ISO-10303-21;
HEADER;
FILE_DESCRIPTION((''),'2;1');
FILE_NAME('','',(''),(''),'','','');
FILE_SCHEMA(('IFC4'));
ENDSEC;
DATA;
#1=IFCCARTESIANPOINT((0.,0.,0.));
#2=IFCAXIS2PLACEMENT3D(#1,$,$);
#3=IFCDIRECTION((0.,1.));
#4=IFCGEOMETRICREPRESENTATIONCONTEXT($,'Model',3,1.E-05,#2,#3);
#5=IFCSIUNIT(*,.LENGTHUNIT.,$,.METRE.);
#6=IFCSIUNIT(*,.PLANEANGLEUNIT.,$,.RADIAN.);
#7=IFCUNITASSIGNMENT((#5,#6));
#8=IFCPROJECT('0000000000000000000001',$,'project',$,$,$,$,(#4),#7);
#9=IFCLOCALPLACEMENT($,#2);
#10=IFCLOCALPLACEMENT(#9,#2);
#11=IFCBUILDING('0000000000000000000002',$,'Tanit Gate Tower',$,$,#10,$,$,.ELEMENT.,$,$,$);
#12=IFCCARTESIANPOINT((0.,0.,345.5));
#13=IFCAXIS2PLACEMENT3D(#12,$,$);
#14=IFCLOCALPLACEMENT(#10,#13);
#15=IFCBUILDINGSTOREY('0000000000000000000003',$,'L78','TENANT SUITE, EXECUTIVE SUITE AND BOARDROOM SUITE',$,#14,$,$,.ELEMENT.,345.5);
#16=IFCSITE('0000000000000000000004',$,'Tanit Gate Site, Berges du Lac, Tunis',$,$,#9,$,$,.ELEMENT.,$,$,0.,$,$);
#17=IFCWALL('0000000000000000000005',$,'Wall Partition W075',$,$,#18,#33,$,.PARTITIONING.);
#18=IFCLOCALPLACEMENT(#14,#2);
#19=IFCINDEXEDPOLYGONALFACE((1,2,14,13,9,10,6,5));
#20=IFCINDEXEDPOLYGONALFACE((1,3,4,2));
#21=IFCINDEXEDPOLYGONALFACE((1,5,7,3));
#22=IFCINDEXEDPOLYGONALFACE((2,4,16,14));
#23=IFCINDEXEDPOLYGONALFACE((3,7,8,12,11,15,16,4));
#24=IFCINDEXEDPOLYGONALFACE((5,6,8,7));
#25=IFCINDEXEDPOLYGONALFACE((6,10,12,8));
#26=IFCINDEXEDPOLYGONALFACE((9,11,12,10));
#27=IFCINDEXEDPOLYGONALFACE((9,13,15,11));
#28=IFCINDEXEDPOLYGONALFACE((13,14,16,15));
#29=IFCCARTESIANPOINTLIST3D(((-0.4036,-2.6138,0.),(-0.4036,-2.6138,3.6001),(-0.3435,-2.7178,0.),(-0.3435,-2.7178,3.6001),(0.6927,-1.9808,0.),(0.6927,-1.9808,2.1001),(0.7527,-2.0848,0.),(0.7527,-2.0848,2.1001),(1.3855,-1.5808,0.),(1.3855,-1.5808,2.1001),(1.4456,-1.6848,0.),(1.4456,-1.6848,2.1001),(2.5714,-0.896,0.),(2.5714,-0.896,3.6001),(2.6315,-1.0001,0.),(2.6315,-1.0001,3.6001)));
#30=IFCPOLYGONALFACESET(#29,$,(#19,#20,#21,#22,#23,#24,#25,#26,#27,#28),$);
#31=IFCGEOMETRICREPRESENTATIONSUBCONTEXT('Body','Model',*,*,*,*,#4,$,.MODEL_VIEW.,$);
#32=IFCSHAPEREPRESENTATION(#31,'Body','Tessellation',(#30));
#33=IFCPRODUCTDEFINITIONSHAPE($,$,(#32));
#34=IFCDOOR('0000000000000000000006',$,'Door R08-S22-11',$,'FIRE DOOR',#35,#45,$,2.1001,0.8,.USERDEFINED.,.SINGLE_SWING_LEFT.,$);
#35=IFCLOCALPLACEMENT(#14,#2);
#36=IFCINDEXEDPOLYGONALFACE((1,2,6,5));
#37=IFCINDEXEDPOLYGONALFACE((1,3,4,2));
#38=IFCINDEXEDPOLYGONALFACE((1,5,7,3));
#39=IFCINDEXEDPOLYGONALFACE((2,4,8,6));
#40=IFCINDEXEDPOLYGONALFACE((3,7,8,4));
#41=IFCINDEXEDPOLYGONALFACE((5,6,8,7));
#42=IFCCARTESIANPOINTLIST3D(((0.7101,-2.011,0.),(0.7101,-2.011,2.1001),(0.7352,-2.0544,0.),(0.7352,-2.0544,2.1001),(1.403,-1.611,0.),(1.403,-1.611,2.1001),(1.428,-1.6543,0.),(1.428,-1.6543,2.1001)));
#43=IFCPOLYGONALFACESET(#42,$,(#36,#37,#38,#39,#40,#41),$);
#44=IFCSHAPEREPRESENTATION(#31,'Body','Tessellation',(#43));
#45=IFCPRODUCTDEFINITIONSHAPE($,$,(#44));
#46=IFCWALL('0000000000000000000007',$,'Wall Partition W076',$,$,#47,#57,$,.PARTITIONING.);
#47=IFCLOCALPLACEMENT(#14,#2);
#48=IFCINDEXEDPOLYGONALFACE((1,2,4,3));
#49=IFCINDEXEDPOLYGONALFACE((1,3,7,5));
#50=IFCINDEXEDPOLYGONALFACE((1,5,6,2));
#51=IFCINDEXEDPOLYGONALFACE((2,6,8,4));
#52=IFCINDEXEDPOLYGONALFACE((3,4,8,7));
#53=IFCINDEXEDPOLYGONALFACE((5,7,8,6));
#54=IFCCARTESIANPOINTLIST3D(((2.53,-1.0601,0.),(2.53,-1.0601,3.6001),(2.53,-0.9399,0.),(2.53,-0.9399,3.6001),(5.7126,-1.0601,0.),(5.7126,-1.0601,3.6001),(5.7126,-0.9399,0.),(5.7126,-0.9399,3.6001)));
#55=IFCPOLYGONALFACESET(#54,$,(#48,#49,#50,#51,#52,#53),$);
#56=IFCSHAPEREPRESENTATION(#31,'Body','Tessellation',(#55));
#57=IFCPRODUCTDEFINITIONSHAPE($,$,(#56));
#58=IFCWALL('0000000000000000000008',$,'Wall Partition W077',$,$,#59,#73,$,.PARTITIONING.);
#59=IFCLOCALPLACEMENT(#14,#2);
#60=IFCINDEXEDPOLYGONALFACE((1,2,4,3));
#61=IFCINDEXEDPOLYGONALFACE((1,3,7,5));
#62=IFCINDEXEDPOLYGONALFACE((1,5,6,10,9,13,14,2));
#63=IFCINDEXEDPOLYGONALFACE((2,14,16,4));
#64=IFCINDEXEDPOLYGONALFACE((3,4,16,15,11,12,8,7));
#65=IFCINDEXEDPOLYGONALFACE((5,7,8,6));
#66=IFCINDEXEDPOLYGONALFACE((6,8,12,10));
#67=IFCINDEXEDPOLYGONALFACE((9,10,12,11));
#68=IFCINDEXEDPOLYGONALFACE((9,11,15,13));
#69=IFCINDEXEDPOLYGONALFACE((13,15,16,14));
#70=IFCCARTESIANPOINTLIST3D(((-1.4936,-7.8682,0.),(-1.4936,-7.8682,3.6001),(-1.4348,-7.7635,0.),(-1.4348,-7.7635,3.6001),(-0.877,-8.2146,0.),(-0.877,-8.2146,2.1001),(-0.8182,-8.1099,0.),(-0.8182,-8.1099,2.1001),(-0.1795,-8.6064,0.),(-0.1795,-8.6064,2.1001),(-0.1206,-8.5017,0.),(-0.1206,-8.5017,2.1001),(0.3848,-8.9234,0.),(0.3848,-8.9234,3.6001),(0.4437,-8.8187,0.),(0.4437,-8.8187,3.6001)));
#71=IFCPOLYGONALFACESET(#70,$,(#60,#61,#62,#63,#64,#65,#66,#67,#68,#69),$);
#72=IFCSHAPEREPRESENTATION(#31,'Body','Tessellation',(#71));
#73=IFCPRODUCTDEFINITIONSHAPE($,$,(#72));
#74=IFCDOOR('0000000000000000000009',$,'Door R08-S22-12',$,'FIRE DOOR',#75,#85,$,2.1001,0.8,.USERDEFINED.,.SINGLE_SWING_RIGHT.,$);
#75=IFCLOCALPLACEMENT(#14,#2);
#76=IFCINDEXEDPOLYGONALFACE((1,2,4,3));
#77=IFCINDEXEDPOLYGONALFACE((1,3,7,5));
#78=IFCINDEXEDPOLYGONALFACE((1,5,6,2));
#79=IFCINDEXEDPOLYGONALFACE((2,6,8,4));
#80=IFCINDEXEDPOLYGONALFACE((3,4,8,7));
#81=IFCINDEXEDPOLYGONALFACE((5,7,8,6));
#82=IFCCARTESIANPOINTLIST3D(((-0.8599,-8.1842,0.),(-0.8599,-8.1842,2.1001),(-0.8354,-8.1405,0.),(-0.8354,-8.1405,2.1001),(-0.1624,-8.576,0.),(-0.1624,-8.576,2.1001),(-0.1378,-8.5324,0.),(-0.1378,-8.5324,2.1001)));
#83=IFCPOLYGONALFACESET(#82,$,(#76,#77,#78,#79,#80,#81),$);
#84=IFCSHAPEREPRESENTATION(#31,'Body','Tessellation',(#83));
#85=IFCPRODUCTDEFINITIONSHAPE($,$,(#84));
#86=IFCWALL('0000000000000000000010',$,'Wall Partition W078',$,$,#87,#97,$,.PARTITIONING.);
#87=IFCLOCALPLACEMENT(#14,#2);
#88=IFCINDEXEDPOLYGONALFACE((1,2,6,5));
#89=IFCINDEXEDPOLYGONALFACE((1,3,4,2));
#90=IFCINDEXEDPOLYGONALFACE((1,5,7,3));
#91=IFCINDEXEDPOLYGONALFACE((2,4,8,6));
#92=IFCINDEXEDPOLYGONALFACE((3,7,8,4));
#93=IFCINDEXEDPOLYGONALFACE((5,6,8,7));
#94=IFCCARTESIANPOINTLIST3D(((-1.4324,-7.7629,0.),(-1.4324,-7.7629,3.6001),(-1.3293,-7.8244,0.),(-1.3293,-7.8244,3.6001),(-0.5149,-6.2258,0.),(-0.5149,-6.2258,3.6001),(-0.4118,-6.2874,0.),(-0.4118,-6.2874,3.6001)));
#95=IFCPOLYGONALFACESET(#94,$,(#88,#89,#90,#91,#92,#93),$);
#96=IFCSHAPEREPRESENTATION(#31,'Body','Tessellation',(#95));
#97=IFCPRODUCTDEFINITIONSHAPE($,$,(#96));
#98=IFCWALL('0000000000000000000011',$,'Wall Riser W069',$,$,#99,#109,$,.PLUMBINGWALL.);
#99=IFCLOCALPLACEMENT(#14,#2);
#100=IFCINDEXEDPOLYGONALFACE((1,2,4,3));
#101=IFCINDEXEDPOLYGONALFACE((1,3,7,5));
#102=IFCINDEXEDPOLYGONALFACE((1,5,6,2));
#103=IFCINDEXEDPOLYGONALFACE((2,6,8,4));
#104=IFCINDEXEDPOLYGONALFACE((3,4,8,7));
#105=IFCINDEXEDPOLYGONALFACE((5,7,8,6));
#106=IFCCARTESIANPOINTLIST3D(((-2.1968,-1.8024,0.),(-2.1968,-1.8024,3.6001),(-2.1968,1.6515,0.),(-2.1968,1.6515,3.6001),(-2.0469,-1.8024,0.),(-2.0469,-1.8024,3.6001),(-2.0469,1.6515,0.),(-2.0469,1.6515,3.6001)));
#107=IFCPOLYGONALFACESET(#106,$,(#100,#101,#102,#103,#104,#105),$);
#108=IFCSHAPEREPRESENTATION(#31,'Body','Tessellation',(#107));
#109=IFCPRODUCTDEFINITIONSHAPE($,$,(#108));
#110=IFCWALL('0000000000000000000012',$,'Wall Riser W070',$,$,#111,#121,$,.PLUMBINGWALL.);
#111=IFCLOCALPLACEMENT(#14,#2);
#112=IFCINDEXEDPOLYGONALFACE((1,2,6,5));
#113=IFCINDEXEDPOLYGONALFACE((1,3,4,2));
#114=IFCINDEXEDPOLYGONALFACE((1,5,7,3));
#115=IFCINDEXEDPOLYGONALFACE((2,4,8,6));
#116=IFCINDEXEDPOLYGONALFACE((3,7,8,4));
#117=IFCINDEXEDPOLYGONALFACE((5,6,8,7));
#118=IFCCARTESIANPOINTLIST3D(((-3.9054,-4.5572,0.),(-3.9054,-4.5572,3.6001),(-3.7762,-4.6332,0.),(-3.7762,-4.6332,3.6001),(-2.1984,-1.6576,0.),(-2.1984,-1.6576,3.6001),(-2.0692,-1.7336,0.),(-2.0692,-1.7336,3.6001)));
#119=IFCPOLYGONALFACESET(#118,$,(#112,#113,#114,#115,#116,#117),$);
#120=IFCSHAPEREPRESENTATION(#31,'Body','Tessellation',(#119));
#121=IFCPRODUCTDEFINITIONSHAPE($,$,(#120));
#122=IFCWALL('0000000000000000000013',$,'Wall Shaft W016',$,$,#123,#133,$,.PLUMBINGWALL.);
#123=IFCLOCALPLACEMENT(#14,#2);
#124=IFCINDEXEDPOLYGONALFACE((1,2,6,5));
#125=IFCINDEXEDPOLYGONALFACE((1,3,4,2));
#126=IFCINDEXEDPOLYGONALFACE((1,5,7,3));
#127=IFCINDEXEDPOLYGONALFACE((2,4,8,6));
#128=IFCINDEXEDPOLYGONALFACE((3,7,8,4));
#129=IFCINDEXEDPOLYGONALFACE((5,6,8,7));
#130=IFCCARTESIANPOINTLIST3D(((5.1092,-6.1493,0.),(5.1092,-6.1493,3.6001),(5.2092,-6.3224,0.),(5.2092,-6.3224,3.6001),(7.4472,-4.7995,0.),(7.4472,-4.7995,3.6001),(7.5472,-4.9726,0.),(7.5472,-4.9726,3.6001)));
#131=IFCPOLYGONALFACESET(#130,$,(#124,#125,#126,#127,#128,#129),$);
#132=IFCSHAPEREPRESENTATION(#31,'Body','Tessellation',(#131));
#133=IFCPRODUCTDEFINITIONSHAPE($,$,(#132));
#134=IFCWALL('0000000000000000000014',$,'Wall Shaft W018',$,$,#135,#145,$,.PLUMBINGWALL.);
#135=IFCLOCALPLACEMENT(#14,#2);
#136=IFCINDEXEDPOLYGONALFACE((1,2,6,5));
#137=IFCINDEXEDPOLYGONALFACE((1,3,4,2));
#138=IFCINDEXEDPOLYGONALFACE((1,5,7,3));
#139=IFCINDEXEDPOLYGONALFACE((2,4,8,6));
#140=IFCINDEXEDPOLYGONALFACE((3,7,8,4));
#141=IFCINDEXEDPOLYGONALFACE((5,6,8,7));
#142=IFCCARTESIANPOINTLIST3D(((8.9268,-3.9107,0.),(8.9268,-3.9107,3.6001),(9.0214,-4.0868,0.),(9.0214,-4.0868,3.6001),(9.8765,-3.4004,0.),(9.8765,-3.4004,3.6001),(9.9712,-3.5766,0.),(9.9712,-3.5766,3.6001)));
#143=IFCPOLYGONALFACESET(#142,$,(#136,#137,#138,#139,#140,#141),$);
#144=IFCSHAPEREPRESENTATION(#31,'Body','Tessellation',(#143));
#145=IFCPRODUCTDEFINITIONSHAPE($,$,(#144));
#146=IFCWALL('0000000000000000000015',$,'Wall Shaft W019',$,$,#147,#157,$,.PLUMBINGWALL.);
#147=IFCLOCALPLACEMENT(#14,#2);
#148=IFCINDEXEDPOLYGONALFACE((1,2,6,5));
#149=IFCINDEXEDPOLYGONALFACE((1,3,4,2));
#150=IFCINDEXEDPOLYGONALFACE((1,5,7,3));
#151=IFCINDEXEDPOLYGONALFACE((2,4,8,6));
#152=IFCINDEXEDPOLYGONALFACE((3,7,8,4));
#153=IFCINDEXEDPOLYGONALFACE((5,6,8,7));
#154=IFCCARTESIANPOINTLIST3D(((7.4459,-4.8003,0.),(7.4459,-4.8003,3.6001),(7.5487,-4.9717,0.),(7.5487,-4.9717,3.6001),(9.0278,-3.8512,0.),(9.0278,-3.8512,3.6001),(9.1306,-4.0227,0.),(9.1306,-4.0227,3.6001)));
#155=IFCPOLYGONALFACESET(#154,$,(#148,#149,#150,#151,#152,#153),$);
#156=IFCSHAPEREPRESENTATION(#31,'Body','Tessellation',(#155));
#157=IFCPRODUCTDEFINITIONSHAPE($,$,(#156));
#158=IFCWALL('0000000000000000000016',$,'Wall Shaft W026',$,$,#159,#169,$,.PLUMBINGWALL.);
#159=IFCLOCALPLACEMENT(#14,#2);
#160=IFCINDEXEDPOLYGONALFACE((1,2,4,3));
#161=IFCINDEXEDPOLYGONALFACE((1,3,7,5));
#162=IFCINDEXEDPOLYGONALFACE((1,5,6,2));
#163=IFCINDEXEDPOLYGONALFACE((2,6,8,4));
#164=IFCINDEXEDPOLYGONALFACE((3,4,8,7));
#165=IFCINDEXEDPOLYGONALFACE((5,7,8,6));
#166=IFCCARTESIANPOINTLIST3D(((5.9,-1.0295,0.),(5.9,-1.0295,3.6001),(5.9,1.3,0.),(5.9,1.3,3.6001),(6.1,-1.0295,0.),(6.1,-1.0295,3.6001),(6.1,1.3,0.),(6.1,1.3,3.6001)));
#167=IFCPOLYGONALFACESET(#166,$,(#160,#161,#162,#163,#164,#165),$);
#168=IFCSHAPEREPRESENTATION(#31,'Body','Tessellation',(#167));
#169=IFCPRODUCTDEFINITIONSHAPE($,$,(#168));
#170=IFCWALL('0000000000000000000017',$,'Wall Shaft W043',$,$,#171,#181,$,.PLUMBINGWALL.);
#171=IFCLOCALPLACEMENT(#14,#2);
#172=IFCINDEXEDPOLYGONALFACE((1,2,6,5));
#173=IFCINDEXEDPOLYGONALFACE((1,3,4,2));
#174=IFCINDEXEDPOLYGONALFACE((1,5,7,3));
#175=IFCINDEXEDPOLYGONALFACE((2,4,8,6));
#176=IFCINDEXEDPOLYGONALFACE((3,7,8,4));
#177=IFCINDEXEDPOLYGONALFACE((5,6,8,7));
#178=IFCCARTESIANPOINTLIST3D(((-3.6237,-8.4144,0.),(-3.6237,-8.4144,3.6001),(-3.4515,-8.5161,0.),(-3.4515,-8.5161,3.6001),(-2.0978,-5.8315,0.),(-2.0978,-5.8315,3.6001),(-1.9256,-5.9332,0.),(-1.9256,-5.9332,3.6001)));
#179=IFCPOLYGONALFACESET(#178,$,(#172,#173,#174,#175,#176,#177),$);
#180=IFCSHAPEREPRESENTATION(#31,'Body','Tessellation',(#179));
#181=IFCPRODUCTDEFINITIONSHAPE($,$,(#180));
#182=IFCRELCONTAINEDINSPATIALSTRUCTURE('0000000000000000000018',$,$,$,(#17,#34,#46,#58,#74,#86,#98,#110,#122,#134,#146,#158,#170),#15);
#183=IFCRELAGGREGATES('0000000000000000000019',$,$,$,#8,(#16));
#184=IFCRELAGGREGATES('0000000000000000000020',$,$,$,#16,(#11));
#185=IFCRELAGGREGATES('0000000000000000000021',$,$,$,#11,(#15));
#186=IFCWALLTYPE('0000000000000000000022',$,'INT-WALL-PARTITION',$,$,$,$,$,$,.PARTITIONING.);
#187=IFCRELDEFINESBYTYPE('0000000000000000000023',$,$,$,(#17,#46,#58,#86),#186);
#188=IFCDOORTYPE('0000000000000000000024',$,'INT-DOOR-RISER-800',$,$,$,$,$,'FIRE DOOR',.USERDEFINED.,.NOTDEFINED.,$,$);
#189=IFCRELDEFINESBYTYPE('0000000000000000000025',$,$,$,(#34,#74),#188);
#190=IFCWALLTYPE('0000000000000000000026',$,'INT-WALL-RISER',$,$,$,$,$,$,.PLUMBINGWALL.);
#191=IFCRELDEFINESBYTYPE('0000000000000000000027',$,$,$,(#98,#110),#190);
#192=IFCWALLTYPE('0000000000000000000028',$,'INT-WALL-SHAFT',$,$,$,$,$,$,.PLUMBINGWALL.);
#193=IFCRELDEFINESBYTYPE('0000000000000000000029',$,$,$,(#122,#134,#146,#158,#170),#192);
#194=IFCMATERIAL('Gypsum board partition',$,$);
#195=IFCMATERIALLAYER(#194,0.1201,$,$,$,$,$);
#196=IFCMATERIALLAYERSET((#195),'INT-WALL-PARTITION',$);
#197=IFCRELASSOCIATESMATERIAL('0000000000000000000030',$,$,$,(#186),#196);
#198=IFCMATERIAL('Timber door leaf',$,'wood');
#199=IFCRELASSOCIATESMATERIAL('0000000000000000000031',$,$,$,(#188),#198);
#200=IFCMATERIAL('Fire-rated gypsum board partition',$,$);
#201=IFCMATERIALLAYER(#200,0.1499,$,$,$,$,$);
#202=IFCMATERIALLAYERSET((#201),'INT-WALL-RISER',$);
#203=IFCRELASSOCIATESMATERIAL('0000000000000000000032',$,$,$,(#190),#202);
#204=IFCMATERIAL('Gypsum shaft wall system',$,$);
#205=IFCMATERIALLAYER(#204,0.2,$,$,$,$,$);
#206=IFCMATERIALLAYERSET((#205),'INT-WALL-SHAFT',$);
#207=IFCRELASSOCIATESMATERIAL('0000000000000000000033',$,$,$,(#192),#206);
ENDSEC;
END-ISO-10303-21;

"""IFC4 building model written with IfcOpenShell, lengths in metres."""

from ifc_helpers import new_model, si_unit, direction, frame, frame_2d, origin, place, context, subcontext, project, spatial, rectangle, extrude, material, layer, layer_set, type_object, element, fill, save


model = new_model("IFC4")

# Units and contexts
model_context = context("Model", 3, precision=1e-05, world=origin(), true_north=direction((0.0, 1.0)))
body_context = subcontext(model_context, "Body", "Model", "MODEL_VIEW")
ifc_project = project(units=[si_unit("LENGTHUNIT", "METRE"), si_unit("PLANEANGLEUNIT", "RADIAN")], contexts=[model_context])

# Site, building, storey
site_placement = place(None, origin())
site = spatial("IfcSite", under=ifc_project, at=site_placement, Name="Tanit Gate Site, Berges du Lac, Tunis", CompositionType="ELEMENT", RefElevation=0.0)
building_placement = place(site_placement, origin())
building = spatial("IfcBuilding", under=site, at=building_placement, Name="Tanit Gate Tower", CompositionType="ELEMENT")
storey_placement = place(building_placement, frame((0.0, 0.0, 345.5)))
storey = spatial("IfcBuildingStorey", under=building, at=storey_placement, Name="L78", Description="TENANT SUITE, EXECUTIVE SUITE AND BOARDROOM SUITE", CompositionType="ELEMENT", Elevation=345.5)

# Shared definitions
ifc_material_1 = material(Name="Gypsum board partition")
ifc_layer_1 = layer(ifc_material_1, 0.1201)
ifc_layer_set_1 = layer_set([ifc_layer_1], Name="INT-WALL-PARTITION")
wall_type_1 = type_object("IfcWallType", Name="INT-WALL-PARTITION", PredefinedType="PARTITIONING", material=ifc_layer_set_1)
ifc_material_2 = material(Name="Timber door leaf", Category="wood")
door_type_1 = type_object("IfcDoorType", Name="INT-DOOR-RISER-800", ElementType="FIRE DOOR", OperationType="NOTDEFINED", PredefinedType="USERDEFINED", material=ifc_material_2)

# Wall, opening, door
wall_1_placement = place(storey_placement, frame((2.6016, -0.948, 0.0), z_axis=(0.0, 0.0, 1.0), x_axis=(-0.866013, -0.500022, 0.0)))
wall_1 = element("IfcWall", 1, at=wall_1_placement, inside=storey, type_object=wall_type_1, Name="Wall Partition W075", PredefinedType="PARTITIONING", context=body_context, shape_type="SweptSolid", body=[
    extrude(rectangle(XDim=3.4353, YDim=0.1201, at=frame_2d((1.7178, 0.0))), origin(), (0.0, 0.0, 1.0), 3.6001),
])
opening_1_placement = place(wall_1_placement, frame((1.3696, 0.0, 0.0)))
opening_1 = element("IfcOpeningElement", 2, at=opening_1_placement, cuts=wall_1, PredefinedType="OPENING", context=body_context, shape_type="SweptSolid", body=[
    extrude(rectangle(XDim=0.8, YDim=2.1001, at=frame_2d((0.3999, 1.05))), frame((0.0, 0.0701, 0.0), z_axis=(0.0, -1.0, 0.0), x_axis=(1.0, 0.0, 0.0)), (0.0, 0.0, 1.0), 0.1401),
])
door_1_placement = place(opening_1_placement, origin())
door_1 = element("IfcDoor", 3, at=door_1_placement, inside=storey, type_object=door_type_1, Name="Door R08-S22-11", ObjectType="FIRE DOOR", OperationType="SINGLE_SWING_LEFT", OverallHeight=2.1001, OverallWidth=0.8, PredefinedType="USERDEFINED", context=body_context, shape_type="SweptSolid", body=[
    extrude(rectangle(XDim=0.8, YDim=2.1001, at=frame_2d((0.3999, 1.05))), frame((0.0, 0.0249, 0.0), z_axis=(0.0, -1.0, 0.0), x_axis=(1.0, 0.0, 0.0)), (0.0, 0.0, 1.0), 0.05),
])
fill(opening_1, door_1)

# Wall
wall_2_placement = place(storey_placement, frame((5.7126, -1.0, 0.0), z_axis=(0.0, 0.0, 1.0), x_axis=(-1.0, 0.0, 0.0)))
element("IfcWall", 4, at=wall_2_placement, inside=storey, type_object=wall_type_1, Name="Wall Partition W076", PredefinedType="PARTITIONING", context=body_context, shape_type="SweptSolid", body=[
    extrude(rectangle(XDim=3.1826, YDim=0.1201, at=frame_2d((1.5913, 0.0))), origin(), (0.0, 0.0, 1.0), 3.6001),
])

# Wall, opening, door
wall_3_placement = place(storey_placement, frame((-1.4641, -7.8159, 0.0), z_axis=(0.0, 0.0, 1.0), x_axis=(0.87186, -0.489755, 0.0)))
wall_3 = element("IfcWall", 5, at=wall_3_placement, inside=storey, type_object=wall_type_1, Name="Wall Partition W077", PredefinedType="PARTITIONING", context=body_context, shape_type="SweptSolid", body=[
    extrude(rectangle(XDim=2.1545, YDim=0.1201, at=frame_2d((1.0771, 0.0))), origin(), (0.0, 0.0, 1.0), 3.6001),
])
opening_2_placement = place(wall_3_placement, frame((0.7073, 0.0, 0.0)))
opening_2 = element("IfcOpeningElement", 6, at=opening_2_placement, cuts=wall_3, PredefinedType="OPENING", context=body_context, shape_type="SweptSolid", body=[
    extrude(rectangle(XDim=0.8, YDim=2.1001, at=frame_2d((0.3999, 1.05))), frame((0.0, 0.0701, 0.0), z_axis=(0.0, -1.0, 0.0), x_axis=(1.0, 0.0, 0.0)), (0.0, 0.0, 1.0), 0.1401),
])
door_2_placement = place(opening_2_placement, origin())
door_2 = element("IfcDoor", 7, at=door_2_placement, inside=storey, type_object=door_type_1, Name="Door R08-S22-12", ObjectType="FIRE DOOR", OperationType="SINGLE_SWING_RIGHT", OverallHeight=2.1001, OverallWidth=0.8, PredefinedType="USERDEFINED", context=body_context, shape_type="SweptSolid", body=[
    extrude(rectangle(XDim=0.8, YDim=2.1001, at=frame_2d((0.3999, 1.05))), frame((0.0, 0.0249, 0.0), z_axis=(0.0, -1.0, 0.0), x_axis=(1.0, 0.0, 0.0)), (0.0, 0.0, 1.0), 0.05),
])
fill(opening_2, door_2)

# Walls
wall_4_placement = place(storey_placement, frame((-0.4634, -6.2566, 0.0), z_axis=(0.0, 0.0, 1.0), x_axis=(-0.512529, -0.85867, 0.0)))
element("IfcWall", 8, at=wall_4_placement, inside=storey, type_object=wall_type_1, Name="Wall Partition W078", PredefinedType="PARTITIONING", context=body_context, shape_type="SweptSolid", body=[
    extrude(rectangle(XDim=1.79, YDim=0.1201, at=frame_2d((0.895, 0.0))), origin(), (0.0, 0.0, 1.0), 3.6001),
])
ifc_material_3 = material(Name="Fire-rated gypsum board partition")
ifc_layer_2 = layer(ifc_material_3, 0.1499)
ifc_layer_set_2 = layer_set([ifc_layer_2], Name="INT-WALL-RISER")
wall_type_2 = type_object("IfcWallType", Name="INT-WALL-RISER", PredefinedType="PLUMBINGWALL", material=ifc_layer_set_2)
wall_5_placement = place(storey_placement, frame((-2.1218, -1.8025, 0.0), z_axis=(0.0, 0.0, 1.0), x_axis=(0.0, 1.0, 0.0)))
element("IfcWall", 9, at=wall_5_placement, inside=storey, type_object=wall_type_2, Name="Wall Riser W069", PredefinedType="PLUMBINGWALL", context=body_context, shape_type="SweptSolid", body=[
    extrude(rectangle(XDim=3.4539, YDim=0.1499, at=frame_2d((1.7271, 0.0))), origin(), (0.0, 0.0, 1.0), 3.6001),
])
wall_6_placement = place(storey_placement, frame((-3.8408, -4.5952, 0.0), z_axis=(0.0, 0.0, 1.0), x_axis=(0.507318, 0.861759, 0.0)))
element("IfcWall", 10, at=wall_6_placement, inside=storey, type_object=wall_type_2, Name="Wall Riser W070", PredefinedType="PLUMBINGWALL", context=body_context, shape_type="SweptSolid", body=[
    extrude(rectangle(XDim=3.3647, YDim=0.1499, at=frame_2d((1.6824, 0.0))), origin(), (0.0, 0.0, 1.0), 3.6001),
])
ifc_material_4 = material(Name="Gypsum shaft wall system")
ifc_layer_3 = layer(ifc_material_4, 0.2)
ifc_layer_set_3 = layer_set([ifc_layer_3], Name="INT-WALL-SHAFT")
wall_type_3 = type_object("IfcWallType", Name="INT-WALL-SHAFT", PredefinedType="PLUMBINGWALL", material=ifc_layer_set_3)
wall_7_placement = place(storey_placement, frame((5.1592, -6.2358, 0.0), z_axis=(0.0, 0.0, 1.0), x_axis=(0.866037, 0.499981, 0.0)))
element("IfcWall", 11, at=wall_7_placement, inside=storey, type_object=wall_type_3, Name="Wall Shaft W016", PredefinedType="PLUMBINGWALL", context=body_context, shape_type="SweptSolid", body=[
    extrude(rectangle(XDim=2.6997, YDim=0.2, at=frame_2d((1.3499, 0.0))), origin(), (0.0, 0.0, 1.0), 3.6001),
])
wall_8_placement = place(storey_placement, frame((8.9741, -3.9988, 0.0), z_axis=(0.0, 0.0, 1.0), x_axis=(0.880907, 0.473289, 0.0)))
element("IfcWall", 12, at=wall_8_placement, inside=storey, type_object=wall_type_3, Name="Wall Shaft W018", PredefinedType="PLUMBINGWALL", context=body_context, shape_type="SweptSolid", body=[
    extrude(rectangle(XDim=1.0781, YDim=0.2, at=frame_2d((0.5391, 0.0))), origin(), (0.0, 0.0, 1.0), 3.6001),
])
wall_9_placement = place(storey_placement, frame((7.4973, -4.886, 0.0), z_axis=(0.0, 0.0, 1.0), x_axis=(0.857516, 0.514457, 0.0)))
element("IfcWall", 13, at=wall_9_placement, inside=storey, type_object=wall_type_3, Name="Wall Shaft W019", PredefinedType="PLUMBINGWALL", context=body_context, shape_type="SweptSolid", body=[
    extrude(rectangle(XDim=1.8447, YDim=0.2, at=frame_2d((0.9224, 0.0))), origin(), (0.0, 0.0, 1.0), 3.6001),
])
wall_10_placement = place(storey_placement, frame((6.0, -1.0295, 0.0), z_axis=(0.0, 0.0, 1.0), x_axis=(0.0, 1.0, 0.0)))
element("IfcWall", 14, at=wall_10_placement, inside=storey, type_object=wall_type_3, Name="Wall Shaft W026", PredefinedType="PLUMBINGWALL", context=body_context, shape_type="SweptSolid", body=[
    extrude(rectangle(XDim=2.3296, YDim=0.2, at=frame_2d((1.1648, 0.0))), origin(), (0.0, 0.0, 1.0), 3.6001),
])

# Wall
wall_11_placement = place(storey_placement, frame((-2.0117, -5.8823, 0.0), z_axis=(0.0, 0.0, 1.0), x_axis=(-0.50862, -0.860991, 0.0)))
element("IfcWall", 15, at=wall_11_placement, inside=storey, type_object=wall_type_3, Name="Wall Shaft W043", PredefinedType="PLUMBINGWALL", context=body_context, shape_type="SweptSolid", body=[
    extrude(rectangle(XDim=3.0, YDim=0.2, at=frame_2d((1.5, 0.0))), origin(), (0.0, 0.0, 1.0), 3.6001),
])

save(model, "model.ifc")
